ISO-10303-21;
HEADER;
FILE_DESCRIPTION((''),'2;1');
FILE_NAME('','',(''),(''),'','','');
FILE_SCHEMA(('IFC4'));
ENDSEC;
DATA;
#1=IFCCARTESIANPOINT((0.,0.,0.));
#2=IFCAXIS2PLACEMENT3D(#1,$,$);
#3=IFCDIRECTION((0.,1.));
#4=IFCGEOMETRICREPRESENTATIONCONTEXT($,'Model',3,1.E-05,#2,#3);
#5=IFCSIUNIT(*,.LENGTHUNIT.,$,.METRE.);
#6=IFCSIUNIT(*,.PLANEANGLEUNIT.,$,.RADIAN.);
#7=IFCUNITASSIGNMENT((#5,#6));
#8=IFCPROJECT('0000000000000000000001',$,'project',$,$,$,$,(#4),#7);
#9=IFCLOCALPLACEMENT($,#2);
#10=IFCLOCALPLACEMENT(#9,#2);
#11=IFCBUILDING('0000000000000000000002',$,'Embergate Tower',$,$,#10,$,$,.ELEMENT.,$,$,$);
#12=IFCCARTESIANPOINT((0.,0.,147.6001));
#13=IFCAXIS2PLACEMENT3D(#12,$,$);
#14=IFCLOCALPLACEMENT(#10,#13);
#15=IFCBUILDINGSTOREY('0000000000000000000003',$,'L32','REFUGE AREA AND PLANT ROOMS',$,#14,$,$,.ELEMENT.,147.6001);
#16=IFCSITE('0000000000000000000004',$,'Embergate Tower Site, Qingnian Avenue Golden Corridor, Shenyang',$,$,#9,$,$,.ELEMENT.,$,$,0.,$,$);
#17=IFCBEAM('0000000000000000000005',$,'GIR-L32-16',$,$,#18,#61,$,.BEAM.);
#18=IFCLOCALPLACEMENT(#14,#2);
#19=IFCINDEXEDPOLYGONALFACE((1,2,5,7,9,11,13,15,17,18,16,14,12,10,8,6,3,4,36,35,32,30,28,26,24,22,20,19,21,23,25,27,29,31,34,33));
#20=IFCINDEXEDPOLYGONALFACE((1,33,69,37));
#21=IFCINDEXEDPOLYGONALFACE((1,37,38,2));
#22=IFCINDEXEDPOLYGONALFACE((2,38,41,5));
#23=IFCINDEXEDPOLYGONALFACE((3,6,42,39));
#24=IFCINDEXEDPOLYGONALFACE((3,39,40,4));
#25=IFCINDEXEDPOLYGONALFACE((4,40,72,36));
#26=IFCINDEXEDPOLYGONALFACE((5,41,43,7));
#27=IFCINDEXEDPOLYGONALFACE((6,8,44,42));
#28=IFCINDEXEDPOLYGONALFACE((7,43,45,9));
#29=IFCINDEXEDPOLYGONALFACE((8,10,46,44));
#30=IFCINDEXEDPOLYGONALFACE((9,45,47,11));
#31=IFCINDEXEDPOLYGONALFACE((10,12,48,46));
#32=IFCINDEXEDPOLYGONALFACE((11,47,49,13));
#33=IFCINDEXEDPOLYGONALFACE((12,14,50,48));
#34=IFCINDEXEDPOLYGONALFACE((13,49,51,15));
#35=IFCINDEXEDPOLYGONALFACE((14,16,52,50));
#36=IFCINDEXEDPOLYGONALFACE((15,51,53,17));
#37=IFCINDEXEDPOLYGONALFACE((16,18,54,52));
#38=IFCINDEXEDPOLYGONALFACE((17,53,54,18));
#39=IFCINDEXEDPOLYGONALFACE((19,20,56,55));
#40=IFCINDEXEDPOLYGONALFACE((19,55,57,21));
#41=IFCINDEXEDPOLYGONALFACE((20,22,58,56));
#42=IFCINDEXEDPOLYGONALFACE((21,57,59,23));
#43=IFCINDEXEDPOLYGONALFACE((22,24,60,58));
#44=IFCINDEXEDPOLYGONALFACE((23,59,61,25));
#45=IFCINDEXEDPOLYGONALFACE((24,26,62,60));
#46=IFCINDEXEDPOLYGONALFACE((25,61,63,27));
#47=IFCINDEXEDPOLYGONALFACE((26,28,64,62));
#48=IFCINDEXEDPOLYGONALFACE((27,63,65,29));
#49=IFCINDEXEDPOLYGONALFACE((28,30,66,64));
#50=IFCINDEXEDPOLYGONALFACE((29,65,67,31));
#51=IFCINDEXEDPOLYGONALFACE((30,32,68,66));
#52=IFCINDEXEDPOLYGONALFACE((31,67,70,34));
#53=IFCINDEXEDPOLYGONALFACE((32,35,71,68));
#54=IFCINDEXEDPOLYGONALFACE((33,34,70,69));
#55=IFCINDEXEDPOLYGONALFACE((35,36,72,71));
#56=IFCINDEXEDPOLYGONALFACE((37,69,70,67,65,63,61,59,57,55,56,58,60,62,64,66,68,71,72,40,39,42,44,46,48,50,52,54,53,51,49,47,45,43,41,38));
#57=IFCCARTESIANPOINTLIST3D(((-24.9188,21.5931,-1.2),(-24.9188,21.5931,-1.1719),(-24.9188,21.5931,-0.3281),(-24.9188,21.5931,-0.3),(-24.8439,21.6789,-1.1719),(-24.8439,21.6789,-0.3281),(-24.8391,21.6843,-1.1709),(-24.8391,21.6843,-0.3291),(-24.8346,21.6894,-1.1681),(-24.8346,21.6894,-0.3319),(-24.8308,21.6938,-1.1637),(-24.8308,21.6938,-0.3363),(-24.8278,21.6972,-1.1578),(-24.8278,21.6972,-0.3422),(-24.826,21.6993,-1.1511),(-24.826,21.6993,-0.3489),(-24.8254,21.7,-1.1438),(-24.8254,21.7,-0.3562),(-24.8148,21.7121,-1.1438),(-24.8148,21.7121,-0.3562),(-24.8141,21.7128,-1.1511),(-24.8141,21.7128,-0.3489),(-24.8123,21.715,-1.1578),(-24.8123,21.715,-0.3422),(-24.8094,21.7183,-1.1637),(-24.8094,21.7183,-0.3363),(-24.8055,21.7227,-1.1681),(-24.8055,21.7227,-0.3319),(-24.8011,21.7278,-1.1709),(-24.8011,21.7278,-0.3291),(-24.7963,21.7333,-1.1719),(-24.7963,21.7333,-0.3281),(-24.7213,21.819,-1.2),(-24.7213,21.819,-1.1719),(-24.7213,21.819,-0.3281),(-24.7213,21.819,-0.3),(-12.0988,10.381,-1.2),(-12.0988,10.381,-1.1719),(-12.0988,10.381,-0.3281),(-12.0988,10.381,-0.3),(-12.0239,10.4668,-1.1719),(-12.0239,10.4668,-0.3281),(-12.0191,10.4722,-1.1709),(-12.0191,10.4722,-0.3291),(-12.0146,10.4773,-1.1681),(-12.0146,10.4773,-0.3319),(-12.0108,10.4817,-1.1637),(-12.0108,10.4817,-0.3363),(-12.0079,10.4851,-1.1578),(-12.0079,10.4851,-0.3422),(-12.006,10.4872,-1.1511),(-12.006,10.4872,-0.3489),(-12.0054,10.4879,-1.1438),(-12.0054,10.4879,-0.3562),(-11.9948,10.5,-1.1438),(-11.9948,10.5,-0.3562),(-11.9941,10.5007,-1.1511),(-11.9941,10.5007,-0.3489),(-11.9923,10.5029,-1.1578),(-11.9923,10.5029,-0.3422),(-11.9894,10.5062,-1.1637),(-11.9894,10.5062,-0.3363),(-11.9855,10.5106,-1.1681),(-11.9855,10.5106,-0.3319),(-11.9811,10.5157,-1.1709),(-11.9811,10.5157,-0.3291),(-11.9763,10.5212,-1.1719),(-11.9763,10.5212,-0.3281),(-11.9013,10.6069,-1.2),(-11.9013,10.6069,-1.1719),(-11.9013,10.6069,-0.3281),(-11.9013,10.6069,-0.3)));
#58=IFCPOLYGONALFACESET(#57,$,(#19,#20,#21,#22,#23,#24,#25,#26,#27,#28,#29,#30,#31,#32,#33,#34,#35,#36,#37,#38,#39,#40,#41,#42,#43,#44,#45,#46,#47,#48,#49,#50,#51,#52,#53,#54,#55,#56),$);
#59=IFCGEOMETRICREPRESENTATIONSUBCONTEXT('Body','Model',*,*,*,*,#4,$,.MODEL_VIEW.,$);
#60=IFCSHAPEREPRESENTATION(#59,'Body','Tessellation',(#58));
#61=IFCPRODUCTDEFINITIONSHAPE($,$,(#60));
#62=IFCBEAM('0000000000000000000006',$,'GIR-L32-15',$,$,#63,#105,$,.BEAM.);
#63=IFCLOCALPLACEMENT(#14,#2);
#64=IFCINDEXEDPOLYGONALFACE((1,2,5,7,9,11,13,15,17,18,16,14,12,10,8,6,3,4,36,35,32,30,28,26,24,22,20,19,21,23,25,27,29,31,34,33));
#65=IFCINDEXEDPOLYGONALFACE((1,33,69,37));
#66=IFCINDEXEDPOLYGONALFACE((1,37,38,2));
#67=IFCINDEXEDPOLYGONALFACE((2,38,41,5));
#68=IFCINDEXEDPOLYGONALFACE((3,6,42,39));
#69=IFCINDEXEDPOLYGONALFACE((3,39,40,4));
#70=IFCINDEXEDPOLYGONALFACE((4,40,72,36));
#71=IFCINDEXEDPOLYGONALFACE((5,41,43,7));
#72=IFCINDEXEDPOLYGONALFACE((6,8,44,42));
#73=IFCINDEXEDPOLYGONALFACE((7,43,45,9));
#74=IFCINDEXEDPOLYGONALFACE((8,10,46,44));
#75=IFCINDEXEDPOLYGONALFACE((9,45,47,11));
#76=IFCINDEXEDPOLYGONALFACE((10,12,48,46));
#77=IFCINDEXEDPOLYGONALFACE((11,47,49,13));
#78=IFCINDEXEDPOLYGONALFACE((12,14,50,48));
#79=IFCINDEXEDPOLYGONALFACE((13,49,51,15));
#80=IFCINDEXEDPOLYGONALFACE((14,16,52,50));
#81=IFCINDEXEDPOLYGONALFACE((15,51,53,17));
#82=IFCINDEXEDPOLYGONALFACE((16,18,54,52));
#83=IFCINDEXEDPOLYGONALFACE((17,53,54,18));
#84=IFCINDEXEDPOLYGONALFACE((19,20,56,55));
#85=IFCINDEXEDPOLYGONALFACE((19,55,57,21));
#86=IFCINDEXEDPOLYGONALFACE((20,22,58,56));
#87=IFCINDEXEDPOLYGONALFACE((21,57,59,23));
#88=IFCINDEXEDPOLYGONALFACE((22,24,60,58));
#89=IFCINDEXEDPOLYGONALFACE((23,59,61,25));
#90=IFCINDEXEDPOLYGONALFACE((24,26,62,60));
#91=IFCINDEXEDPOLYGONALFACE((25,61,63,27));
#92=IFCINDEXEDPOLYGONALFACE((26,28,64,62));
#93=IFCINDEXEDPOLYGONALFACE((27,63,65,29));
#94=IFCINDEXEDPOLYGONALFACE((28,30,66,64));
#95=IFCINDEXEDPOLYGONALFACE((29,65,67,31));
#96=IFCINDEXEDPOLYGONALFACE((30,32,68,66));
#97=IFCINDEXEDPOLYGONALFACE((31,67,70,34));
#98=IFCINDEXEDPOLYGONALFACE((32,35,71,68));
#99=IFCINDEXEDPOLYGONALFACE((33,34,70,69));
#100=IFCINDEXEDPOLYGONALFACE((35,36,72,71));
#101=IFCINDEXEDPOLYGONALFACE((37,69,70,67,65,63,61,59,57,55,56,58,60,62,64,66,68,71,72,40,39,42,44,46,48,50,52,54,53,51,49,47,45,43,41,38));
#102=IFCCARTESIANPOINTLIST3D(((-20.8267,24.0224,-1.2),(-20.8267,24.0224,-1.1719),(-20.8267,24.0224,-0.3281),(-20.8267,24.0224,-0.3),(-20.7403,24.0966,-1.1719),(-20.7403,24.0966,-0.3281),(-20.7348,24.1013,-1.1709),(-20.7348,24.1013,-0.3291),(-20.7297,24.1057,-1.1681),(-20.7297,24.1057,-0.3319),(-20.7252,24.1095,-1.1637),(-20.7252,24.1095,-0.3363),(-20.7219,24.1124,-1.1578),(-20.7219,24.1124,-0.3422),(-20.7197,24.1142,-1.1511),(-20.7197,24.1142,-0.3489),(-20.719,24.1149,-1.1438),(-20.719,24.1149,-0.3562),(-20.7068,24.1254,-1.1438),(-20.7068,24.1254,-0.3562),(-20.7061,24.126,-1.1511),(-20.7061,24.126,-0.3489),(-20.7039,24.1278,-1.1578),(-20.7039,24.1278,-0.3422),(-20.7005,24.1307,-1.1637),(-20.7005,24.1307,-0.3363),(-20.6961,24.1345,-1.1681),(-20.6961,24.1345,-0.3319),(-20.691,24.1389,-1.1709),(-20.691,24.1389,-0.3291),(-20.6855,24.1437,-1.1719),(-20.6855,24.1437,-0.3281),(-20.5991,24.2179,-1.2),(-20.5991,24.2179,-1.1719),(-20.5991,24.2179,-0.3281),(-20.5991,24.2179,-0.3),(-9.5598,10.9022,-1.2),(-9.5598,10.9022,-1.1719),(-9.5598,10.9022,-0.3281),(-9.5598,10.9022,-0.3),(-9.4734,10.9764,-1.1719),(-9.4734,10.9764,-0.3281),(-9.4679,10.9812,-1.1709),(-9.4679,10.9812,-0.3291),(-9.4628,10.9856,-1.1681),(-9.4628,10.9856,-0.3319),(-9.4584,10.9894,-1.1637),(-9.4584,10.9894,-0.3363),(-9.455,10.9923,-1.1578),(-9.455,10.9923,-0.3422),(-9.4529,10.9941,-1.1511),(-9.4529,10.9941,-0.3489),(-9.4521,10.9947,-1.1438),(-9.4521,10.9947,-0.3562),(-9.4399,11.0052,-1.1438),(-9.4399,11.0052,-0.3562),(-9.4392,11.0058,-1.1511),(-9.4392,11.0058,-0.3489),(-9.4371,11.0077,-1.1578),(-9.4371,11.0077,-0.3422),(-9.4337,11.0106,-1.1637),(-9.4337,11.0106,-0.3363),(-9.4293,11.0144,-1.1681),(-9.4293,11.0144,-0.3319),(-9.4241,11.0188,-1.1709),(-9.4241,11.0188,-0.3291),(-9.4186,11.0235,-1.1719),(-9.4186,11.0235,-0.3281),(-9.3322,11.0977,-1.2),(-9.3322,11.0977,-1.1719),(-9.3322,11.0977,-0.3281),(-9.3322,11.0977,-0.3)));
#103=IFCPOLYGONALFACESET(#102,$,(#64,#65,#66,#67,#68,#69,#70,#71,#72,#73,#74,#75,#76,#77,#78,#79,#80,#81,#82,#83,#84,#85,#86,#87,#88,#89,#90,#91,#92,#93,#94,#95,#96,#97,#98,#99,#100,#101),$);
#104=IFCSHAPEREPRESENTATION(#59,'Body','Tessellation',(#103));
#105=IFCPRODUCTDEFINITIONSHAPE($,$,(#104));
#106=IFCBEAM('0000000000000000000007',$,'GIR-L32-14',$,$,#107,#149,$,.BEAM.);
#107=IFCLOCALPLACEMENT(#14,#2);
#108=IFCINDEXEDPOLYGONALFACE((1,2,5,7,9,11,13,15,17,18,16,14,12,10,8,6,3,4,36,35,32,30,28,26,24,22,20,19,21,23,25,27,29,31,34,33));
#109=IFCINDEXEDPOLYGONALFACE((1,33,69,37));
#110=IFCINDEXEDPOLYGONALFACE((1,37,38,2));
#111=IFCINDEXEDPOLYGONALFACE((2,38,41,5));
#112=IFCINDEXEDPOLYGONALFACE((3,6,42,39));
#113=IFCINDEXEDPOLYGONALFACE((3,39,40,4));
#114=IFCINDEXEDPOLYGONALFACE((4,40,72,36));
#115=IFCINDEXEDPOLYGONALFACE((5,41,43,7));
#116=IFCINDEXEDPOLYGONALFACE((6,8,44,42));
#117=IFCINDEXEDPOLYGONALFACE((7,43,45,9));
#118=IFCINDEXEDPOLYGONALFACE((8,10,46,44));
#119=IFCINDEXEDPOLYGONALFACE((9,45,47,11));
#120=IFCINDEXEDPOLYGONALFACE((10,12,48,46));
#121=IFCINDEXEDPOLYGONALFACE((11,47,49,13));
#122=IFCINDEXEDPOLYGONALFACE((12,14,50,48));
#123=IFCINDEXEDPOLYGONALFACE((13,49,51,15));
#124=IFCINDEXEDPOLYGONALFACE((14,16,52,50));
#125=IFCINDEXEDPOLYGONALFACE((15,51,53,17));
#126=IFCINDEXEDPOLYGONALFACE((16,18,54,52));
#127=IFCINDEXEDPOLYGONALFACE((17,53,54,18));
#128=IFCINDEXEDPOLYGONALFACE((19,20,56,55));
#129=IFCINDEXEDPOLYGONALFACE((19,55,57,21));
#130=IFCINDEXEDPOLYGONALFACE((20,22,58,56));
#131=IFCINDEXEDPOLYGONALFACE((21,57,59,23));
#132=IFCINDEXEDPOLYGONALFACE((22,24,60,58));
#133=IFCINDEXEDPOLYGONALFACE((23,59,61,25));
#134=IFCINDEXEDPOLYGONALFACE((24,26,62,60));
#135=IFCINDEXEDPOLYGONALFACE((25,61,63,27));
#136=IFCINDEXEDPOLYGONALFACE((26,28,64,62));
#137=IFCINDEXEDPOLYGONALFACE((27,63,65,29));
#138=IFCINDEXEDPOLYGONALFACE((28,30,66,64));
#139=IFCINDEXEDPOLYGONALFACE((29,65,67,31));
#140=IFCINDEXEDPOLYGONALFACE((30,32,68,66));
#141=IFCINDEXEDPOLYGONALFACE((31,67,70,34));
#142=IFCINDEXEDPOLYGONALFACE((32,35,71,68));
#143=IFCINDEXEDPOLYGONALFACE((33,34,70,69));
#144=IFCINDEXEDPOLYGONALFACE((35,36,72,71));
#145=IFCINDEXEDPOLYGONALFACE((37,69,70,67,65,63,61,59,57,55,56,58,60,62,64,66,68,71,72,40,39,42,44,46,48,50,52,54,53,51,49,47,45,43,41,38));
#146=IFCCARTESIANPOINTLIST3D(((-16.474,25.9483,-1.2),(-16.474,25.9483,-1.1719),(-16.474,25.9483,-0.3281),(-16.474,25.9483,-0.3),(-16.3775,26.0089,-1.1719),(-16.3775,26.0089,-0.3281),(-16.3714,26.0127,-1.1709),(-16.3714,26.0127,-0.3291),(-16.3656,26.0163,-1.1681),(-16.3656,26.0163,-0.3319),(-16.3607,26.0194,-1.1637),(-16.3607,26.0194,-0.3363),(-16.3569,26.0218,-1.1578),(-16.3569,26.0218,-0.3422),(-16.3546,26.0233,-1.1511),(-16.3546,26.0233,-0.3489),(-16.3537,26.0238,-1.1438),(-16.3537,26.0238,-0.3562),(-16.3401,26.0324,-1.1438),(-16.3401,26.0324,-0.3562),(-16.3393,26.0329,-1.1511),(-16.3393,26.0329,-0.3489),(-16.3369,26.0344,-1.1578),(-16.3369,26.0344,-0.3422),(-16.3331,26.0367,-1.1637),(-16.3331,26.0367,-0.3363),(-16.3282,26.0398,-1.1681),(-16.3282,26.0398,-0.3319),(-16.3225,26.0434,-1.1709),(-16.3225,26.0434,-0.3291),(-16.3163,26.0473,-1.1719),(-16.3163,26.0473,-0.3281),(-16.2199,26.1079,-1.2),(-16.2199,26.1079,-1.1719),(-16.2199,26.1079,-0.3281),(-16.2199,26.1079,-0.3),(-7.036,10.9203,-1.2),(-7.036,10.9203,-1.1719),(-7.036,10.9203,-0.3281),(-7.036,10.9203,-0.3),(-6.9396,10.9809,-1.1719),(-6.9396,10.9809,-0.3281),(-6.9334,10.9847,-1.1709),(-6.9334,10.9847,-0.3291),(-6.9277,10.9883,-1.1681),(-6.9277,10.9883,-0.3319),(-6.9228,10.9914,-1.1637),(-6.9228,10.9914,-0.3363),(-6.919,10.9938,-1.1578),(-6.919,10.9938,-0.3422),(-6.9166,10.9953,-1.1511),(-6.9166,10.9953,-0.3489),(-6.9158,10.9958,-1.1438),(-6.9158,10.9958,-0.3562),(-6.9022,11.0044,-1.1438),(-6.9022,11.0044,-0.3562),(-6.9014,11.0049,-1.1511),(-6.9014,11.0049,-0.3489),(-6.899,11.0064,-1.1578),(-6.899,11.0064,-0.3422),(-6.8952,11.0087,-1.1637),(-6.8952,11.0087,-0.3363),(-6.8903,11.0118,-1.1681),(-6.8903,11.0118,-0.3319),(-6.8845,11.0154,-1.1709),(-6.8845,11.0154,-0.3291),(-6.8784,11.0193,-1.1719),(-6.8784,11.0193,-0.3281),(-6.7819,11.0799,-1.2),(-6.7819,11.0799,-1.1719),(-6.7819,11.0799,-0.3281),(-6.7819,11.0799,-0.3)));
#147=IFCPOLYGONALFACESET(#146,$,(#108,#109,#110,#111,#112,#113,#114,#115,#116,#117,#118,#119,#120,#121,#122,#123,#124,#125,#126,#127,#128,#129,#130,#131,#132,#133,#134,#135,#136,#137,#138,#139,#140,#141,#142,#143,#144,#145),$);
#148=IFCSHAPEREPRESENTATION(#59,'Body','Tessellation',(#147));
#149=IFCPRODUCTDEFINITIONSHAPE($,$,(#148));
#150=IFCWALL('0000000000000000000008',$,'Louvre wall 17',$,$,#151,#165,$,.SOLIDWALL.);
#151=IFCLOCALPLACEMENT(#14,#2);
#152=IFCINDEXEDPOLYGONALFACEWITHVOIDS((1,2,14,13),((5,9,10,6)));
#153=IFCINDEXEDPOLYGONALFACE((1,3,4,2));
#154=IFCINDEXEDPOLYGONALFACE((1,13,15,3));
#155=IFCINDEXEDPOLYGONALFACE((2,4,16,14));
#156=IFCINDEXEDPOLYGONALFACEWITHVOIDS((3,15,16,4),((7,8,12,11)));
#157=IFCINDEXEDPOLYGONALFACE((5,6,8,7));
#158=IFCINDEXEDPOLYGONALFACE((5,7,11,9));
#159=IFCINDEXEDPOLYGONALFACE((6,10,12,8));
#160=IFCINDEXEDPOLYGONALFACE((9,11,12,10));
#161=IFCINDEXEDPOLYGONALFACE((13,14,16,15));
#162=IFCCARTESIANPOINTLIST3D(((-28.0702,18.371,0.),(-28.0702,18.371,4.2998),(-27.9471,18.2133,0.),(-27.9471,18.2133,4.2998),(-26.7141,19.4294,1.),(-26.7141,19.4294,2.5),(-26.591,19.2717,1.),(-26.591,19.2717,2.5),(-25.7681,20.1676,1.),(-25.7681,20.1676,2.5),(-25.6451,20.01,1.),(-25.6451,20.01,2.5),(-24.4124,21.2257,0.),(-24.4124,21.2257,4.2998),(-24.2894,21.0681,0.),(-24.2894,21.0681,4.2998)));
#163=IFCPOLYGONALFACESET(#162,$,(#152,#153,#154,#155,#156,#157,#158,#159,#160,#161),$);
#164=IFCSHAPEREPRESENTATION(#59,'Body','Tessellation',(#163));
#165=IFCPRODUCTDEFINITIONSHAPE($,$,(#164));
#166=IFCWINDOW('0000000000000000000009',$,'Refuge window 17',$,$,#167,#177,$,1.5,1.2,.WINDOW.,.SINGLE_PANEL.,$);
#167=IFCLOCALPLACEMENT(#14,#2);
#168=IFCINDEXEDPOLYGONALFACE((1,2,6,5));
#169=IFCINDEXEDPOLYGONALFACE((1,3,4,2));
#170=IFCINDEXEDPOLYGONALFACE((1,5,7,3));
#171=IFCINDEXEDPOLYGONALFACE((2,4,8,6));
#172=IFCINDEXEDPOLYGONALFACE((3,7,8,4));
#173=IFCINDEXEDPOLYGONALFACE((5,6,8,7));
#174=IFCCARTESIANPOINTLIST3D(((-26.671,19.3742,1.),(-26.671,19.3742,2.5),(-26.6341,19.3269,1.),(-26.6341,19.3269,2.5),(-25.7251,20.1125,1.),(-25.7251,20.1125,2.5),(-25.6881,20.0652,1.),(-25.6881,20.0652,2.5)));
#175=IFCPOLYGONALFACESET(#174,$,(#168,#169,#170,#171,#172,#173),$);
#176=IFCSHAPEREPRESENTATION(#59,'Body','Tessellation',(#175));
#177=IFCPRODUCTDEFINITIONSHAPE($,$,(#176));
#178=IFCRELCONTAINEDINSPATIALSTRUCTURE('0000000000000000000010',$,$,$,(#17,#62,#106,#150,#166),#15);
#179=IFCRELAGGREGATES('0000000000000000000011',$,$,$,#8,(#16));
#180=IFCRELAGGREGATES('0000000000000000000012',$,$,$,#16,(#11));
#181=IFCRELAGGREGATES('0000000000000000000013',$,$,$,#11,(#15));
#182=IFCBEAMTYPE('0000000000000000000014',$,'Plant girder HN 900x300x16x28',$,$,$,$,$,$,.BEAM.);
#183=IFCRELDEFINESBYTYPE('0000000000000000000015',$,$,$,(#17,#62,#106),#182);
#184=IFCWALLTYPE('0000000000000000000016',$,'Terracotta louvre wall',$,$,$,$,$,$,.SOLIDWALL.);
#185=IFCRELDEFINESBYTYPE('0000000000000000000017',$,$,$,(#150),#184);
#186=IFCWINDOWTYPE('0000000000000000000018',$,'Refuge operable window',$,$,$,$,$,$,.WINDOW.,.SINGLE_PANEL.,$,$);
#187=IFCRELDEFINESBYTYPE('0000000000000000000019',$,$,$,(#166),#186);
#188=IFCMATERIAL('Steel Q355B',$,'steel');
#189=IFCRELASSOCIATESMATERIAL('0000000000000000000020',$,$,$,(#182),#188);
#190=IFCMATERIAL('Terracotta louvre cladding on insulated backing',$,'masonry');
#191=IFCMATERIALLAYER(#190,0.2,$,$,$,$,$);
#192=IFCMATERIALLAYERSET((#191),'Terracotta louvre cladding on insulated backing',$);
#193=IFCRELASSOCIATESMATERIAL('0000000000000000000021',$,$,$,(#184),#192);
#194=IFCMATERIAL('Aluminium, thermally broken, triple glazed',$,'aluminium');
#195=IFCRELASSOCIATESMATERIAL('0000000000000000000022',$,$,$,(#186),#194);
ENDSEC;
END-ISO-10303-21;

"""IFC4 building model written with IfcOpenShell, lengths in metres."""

from ifc_helpers import new_model, si_unit, direction, frame, frame_2d, origin, origin_2d, place, context, subcontext, project, spatial, rectangle, i_section, extrude, source, transform, mapped, material, layer, layer_set, material_profile, profile_set, type_object, element, fill, save


model = new_model("IFC4")

# Units and contexts
model_context = context("Model", 3, precision=1e-05, world=origin(), true_north=direction((0.0, 1.0)))
body_context = subcontext(model_context, "Body", "Model", "MODEL_VIEW")
ifc_project = project(units=[si_unit("LENGTHUNIT", "METRE"), si_unit("PLANEANGLEUNIT", "RADIAN")], contexts=[model_context])

# Site, building, storey
site_placement = place(None, origin())
site = spatial("IfcSite", under=ifc_project, at=site_placement, Name="Embergate Tower Site, Qingnian Avenue Golden Corridor, Shenyang", CompositionType="ELEMENT", RefElevation=0.0)
building_placement = place(site_placement, origin())
building = spatial("IfcBuilding", under=site, at=building_placement, Name="Embergate Tower", CompositionType="ELEMENT")
storey_placement = place(building_placement, frame((0.0, 0.0, 147.6001)))
storey = spatial("IfcBuildingStorey", under=building, at=storey_placement, Name="L32", Description="REFUGE AREA AND PLANT ROOMS", CompositionType="ELEMENT", Elevation=147.6001)

# Beams
ifc_material_1 = material(Name="Steel Q355B", Category="steel")
ifc_material_profile_1 = material_profile(ifc_material_1, i_section(OverallWidth=0.3, OverallDepth=0.8999, WebThickness=0.0161, FlangeThickness=0.0281, FilletRadius=0.0281, at=origin_2d()), Name="HN 900x300x16x28")
ifc_profile_set_1 = profile_set([ifc_material_profile_1], Name="Steel Q355 grade B")
beam_type_1 = type_object("IfcBeamType", Name="Plant girder HN 900x300x16x28", PredefinedType="BEAM", material=ifc_profile_set_1)
shared_shape_1 = source(origin(), body_context, "Body", "SweptSolid", [
    extrude(i_section(OverallWidth=0.3, OverallDepth=0.8999, WebThickness=0.0161, FlangeThickness=0.0281, FilletRadius=0.0281, at=origin_2d()), origin(), (0.0, 0.0, 1.0), 17.0312),
])
beam_1_placement = place(storey_placement, frame((-24.8201, 21.7061, -0.75), z_axis=(0.752734, -0.658325, 0.0), x_axis=(0.658325, 0.752734, 0.0)))
element("IfcBeam", 1, at=beam_1_placement, inside=storey, type_object=beam_type_1, Name="GIR-L32-16", PredefinedType="BEAM", context=body_context, shape_type="MappedRepresentation", body=[
    mapped(shared_shape_1, transform((0.0, 0.0, 0.0))),
])
shared_shape_2 = source(origin(), body_context, "Body", "SweptSolid", [
    extrude(i_section(OverallWidth=0.3, OverallDepth=0.8999, WebThickness=0.0161, FlangeThickness=0.0281, FilletRadius=0.0281, at=origin_2d()), origin(), (0.0, 0.0, 1.0), 17.2939),
])
beam_2_placement = place(storey_placement, frame((-20.7129, 24.1201, -0.75), z_axis=(0.651492, -0.758655, 0.0), x_axis=(0.758655, 0.651492, 0.0)))
element("IfcBeam", 2, at=beam_2_placement, inside=storey, type_object=beam_type_1, Name="GIR-L32-15", PredefinedType="BEAM", context=body_context, shape_type="MappedRepresentation", body=[
    mapped(shared_shape_2, transform((0.0, 0.0, 0.0))),
])
shared_shape_3 = source(origin(), body_context, "Body", "SweptSolid", [
    extrude(i_section(OverallWidth=0.3, OverallDepth=0.8999, WebThickness=0.0161, FlangeThickness=0.0281, FilletRadius=0.0281, at=origin_2d()), origin(), (0.0, 0.0, 1.0), 17.7458),
])
beam_3_placement = place(storey_placement, frame((-16.3469, 26.0281, -0.75), z_axis=(0.531839, -0.846845, 0.0), x_axis=(0.846845, 0.531839, 0.0)))
element("IfcBeam", 3, at=beam_3_placement, inside=storey, type_object=beam_type_1, Name="GIR-L32-14", PredefinedType="BEAM", context=body_context, shape_type="MappedRepresentation", body=[
    mapped(shared_shape_3, transform((0.0, 0.0, 0.0))),
])

# Wall, opening, window
ifc_material_2 = material(Name="Terracotta louvre cladding on insulated backing", Category="masonry")
ifc_layer_1 = layer(ifc_material_2, 0.2)
ifc_layer_set_1 = layer_set([ifc_layer_1], Name="Terracotta louvre cladding on insulated backing")
wall_type = type_object("IfcWallType", Name="Terracotta louvre wall", PredefinedType="SOLIDWALL", material=ifc_layer_set_1)
shared_shape_4 = source(origin(), body_context, "Body", "SweptSolid", [
    extrude(rectangle(XDim=4.6399, YDim=0.2, at=frame_2d((2.3198, 0.0))), origin(), (0.0, 0.0, 1.0), 4.2998),
])
wall_1_placement = place(storey_placement, frame((-28.0085, 18.2922, 0.0), z_axis=(0.0, 0.0, 1.0), x_axis=(0.788323, 0.615262, 0.0)))
wall_1 = element("IfcWall", 4, at=wall_1_placement, inside=storey, type_object=wall_type, Name="Louvre wall 17", PredefinedType="SOLIDWALL", context=body_context, shape_type="MappedRepresentation", body=[
    mapped(shared_shape_4, transform((0.0, 0.0, 0.0))),
])
shared_shape_5 = source(origin(), body_context, "Body", "SweptSolid", [
    extrude(rectangle(XDim=1.2, YDim=1.5, at=frame_2d((0.6001, 0.75))), frame((0.0, 0.1099, 0.0), z_axis=(0.0, -1.0, 0.0), x_axis=(1.0, 0.0, 0.0)), (0.0, 0.0, 1.0), 0.22),
])
opening_1_placement = place(wall_1_placement, frame((1.72, 0.0, 1.0)))
opening_1 = element("IfcOpeningElement", 5, at=opening_1_placement, cuts=wall_1, PredefinedType="OPENING", context=body_context, shape_type="MappedRepresentation", body=[
    mapped(shared_shape_5, transform((0.0, 0.0, 0.0))),
])
ifc_material_3 = material(Name="Aluminium, thermally broken, triple glazed", Category="aluminium")
window_type = type_object("IfcWindowType", Name="Refuge operable window", PartitioningType="SINGLE_PANEL", PredefinedType="WINDOW", material=ifc_material_3)
shared_shape_6 = source(origin(), body_context, "Body", "SweptSolid", [
    extrude(rectangle(XDim=1.2, YDim=1.5, at=frame_2d((0.6001, 0.75))), frame((0.0, 0.03, 0.0), z_axis=(0.0, -1.0, 0.0), x_axis=(1.0, 0.0, 0.0)), (0.0, 0.0, 1.0), 0.0601),
])
window_1_placement = place(opening_1_placement, origin())
window_1 = element("IfcWindow", 6, at=window_1_placement, inside=storey, type_object=window_type, Name="Refuge window 17", OverallHeight=1.5, OverallWidth=1.2, PartitioningType="SINGLE_PANEL", PredefinedType="WINDOW", context=body_context, shape_type="MappedRepresentation", body=[
    mapped(shared_shape_6, transform((0.0, 0.0, 0.0))),
])
fill(opening_1, window_1)

save(model, "model.ifc")
